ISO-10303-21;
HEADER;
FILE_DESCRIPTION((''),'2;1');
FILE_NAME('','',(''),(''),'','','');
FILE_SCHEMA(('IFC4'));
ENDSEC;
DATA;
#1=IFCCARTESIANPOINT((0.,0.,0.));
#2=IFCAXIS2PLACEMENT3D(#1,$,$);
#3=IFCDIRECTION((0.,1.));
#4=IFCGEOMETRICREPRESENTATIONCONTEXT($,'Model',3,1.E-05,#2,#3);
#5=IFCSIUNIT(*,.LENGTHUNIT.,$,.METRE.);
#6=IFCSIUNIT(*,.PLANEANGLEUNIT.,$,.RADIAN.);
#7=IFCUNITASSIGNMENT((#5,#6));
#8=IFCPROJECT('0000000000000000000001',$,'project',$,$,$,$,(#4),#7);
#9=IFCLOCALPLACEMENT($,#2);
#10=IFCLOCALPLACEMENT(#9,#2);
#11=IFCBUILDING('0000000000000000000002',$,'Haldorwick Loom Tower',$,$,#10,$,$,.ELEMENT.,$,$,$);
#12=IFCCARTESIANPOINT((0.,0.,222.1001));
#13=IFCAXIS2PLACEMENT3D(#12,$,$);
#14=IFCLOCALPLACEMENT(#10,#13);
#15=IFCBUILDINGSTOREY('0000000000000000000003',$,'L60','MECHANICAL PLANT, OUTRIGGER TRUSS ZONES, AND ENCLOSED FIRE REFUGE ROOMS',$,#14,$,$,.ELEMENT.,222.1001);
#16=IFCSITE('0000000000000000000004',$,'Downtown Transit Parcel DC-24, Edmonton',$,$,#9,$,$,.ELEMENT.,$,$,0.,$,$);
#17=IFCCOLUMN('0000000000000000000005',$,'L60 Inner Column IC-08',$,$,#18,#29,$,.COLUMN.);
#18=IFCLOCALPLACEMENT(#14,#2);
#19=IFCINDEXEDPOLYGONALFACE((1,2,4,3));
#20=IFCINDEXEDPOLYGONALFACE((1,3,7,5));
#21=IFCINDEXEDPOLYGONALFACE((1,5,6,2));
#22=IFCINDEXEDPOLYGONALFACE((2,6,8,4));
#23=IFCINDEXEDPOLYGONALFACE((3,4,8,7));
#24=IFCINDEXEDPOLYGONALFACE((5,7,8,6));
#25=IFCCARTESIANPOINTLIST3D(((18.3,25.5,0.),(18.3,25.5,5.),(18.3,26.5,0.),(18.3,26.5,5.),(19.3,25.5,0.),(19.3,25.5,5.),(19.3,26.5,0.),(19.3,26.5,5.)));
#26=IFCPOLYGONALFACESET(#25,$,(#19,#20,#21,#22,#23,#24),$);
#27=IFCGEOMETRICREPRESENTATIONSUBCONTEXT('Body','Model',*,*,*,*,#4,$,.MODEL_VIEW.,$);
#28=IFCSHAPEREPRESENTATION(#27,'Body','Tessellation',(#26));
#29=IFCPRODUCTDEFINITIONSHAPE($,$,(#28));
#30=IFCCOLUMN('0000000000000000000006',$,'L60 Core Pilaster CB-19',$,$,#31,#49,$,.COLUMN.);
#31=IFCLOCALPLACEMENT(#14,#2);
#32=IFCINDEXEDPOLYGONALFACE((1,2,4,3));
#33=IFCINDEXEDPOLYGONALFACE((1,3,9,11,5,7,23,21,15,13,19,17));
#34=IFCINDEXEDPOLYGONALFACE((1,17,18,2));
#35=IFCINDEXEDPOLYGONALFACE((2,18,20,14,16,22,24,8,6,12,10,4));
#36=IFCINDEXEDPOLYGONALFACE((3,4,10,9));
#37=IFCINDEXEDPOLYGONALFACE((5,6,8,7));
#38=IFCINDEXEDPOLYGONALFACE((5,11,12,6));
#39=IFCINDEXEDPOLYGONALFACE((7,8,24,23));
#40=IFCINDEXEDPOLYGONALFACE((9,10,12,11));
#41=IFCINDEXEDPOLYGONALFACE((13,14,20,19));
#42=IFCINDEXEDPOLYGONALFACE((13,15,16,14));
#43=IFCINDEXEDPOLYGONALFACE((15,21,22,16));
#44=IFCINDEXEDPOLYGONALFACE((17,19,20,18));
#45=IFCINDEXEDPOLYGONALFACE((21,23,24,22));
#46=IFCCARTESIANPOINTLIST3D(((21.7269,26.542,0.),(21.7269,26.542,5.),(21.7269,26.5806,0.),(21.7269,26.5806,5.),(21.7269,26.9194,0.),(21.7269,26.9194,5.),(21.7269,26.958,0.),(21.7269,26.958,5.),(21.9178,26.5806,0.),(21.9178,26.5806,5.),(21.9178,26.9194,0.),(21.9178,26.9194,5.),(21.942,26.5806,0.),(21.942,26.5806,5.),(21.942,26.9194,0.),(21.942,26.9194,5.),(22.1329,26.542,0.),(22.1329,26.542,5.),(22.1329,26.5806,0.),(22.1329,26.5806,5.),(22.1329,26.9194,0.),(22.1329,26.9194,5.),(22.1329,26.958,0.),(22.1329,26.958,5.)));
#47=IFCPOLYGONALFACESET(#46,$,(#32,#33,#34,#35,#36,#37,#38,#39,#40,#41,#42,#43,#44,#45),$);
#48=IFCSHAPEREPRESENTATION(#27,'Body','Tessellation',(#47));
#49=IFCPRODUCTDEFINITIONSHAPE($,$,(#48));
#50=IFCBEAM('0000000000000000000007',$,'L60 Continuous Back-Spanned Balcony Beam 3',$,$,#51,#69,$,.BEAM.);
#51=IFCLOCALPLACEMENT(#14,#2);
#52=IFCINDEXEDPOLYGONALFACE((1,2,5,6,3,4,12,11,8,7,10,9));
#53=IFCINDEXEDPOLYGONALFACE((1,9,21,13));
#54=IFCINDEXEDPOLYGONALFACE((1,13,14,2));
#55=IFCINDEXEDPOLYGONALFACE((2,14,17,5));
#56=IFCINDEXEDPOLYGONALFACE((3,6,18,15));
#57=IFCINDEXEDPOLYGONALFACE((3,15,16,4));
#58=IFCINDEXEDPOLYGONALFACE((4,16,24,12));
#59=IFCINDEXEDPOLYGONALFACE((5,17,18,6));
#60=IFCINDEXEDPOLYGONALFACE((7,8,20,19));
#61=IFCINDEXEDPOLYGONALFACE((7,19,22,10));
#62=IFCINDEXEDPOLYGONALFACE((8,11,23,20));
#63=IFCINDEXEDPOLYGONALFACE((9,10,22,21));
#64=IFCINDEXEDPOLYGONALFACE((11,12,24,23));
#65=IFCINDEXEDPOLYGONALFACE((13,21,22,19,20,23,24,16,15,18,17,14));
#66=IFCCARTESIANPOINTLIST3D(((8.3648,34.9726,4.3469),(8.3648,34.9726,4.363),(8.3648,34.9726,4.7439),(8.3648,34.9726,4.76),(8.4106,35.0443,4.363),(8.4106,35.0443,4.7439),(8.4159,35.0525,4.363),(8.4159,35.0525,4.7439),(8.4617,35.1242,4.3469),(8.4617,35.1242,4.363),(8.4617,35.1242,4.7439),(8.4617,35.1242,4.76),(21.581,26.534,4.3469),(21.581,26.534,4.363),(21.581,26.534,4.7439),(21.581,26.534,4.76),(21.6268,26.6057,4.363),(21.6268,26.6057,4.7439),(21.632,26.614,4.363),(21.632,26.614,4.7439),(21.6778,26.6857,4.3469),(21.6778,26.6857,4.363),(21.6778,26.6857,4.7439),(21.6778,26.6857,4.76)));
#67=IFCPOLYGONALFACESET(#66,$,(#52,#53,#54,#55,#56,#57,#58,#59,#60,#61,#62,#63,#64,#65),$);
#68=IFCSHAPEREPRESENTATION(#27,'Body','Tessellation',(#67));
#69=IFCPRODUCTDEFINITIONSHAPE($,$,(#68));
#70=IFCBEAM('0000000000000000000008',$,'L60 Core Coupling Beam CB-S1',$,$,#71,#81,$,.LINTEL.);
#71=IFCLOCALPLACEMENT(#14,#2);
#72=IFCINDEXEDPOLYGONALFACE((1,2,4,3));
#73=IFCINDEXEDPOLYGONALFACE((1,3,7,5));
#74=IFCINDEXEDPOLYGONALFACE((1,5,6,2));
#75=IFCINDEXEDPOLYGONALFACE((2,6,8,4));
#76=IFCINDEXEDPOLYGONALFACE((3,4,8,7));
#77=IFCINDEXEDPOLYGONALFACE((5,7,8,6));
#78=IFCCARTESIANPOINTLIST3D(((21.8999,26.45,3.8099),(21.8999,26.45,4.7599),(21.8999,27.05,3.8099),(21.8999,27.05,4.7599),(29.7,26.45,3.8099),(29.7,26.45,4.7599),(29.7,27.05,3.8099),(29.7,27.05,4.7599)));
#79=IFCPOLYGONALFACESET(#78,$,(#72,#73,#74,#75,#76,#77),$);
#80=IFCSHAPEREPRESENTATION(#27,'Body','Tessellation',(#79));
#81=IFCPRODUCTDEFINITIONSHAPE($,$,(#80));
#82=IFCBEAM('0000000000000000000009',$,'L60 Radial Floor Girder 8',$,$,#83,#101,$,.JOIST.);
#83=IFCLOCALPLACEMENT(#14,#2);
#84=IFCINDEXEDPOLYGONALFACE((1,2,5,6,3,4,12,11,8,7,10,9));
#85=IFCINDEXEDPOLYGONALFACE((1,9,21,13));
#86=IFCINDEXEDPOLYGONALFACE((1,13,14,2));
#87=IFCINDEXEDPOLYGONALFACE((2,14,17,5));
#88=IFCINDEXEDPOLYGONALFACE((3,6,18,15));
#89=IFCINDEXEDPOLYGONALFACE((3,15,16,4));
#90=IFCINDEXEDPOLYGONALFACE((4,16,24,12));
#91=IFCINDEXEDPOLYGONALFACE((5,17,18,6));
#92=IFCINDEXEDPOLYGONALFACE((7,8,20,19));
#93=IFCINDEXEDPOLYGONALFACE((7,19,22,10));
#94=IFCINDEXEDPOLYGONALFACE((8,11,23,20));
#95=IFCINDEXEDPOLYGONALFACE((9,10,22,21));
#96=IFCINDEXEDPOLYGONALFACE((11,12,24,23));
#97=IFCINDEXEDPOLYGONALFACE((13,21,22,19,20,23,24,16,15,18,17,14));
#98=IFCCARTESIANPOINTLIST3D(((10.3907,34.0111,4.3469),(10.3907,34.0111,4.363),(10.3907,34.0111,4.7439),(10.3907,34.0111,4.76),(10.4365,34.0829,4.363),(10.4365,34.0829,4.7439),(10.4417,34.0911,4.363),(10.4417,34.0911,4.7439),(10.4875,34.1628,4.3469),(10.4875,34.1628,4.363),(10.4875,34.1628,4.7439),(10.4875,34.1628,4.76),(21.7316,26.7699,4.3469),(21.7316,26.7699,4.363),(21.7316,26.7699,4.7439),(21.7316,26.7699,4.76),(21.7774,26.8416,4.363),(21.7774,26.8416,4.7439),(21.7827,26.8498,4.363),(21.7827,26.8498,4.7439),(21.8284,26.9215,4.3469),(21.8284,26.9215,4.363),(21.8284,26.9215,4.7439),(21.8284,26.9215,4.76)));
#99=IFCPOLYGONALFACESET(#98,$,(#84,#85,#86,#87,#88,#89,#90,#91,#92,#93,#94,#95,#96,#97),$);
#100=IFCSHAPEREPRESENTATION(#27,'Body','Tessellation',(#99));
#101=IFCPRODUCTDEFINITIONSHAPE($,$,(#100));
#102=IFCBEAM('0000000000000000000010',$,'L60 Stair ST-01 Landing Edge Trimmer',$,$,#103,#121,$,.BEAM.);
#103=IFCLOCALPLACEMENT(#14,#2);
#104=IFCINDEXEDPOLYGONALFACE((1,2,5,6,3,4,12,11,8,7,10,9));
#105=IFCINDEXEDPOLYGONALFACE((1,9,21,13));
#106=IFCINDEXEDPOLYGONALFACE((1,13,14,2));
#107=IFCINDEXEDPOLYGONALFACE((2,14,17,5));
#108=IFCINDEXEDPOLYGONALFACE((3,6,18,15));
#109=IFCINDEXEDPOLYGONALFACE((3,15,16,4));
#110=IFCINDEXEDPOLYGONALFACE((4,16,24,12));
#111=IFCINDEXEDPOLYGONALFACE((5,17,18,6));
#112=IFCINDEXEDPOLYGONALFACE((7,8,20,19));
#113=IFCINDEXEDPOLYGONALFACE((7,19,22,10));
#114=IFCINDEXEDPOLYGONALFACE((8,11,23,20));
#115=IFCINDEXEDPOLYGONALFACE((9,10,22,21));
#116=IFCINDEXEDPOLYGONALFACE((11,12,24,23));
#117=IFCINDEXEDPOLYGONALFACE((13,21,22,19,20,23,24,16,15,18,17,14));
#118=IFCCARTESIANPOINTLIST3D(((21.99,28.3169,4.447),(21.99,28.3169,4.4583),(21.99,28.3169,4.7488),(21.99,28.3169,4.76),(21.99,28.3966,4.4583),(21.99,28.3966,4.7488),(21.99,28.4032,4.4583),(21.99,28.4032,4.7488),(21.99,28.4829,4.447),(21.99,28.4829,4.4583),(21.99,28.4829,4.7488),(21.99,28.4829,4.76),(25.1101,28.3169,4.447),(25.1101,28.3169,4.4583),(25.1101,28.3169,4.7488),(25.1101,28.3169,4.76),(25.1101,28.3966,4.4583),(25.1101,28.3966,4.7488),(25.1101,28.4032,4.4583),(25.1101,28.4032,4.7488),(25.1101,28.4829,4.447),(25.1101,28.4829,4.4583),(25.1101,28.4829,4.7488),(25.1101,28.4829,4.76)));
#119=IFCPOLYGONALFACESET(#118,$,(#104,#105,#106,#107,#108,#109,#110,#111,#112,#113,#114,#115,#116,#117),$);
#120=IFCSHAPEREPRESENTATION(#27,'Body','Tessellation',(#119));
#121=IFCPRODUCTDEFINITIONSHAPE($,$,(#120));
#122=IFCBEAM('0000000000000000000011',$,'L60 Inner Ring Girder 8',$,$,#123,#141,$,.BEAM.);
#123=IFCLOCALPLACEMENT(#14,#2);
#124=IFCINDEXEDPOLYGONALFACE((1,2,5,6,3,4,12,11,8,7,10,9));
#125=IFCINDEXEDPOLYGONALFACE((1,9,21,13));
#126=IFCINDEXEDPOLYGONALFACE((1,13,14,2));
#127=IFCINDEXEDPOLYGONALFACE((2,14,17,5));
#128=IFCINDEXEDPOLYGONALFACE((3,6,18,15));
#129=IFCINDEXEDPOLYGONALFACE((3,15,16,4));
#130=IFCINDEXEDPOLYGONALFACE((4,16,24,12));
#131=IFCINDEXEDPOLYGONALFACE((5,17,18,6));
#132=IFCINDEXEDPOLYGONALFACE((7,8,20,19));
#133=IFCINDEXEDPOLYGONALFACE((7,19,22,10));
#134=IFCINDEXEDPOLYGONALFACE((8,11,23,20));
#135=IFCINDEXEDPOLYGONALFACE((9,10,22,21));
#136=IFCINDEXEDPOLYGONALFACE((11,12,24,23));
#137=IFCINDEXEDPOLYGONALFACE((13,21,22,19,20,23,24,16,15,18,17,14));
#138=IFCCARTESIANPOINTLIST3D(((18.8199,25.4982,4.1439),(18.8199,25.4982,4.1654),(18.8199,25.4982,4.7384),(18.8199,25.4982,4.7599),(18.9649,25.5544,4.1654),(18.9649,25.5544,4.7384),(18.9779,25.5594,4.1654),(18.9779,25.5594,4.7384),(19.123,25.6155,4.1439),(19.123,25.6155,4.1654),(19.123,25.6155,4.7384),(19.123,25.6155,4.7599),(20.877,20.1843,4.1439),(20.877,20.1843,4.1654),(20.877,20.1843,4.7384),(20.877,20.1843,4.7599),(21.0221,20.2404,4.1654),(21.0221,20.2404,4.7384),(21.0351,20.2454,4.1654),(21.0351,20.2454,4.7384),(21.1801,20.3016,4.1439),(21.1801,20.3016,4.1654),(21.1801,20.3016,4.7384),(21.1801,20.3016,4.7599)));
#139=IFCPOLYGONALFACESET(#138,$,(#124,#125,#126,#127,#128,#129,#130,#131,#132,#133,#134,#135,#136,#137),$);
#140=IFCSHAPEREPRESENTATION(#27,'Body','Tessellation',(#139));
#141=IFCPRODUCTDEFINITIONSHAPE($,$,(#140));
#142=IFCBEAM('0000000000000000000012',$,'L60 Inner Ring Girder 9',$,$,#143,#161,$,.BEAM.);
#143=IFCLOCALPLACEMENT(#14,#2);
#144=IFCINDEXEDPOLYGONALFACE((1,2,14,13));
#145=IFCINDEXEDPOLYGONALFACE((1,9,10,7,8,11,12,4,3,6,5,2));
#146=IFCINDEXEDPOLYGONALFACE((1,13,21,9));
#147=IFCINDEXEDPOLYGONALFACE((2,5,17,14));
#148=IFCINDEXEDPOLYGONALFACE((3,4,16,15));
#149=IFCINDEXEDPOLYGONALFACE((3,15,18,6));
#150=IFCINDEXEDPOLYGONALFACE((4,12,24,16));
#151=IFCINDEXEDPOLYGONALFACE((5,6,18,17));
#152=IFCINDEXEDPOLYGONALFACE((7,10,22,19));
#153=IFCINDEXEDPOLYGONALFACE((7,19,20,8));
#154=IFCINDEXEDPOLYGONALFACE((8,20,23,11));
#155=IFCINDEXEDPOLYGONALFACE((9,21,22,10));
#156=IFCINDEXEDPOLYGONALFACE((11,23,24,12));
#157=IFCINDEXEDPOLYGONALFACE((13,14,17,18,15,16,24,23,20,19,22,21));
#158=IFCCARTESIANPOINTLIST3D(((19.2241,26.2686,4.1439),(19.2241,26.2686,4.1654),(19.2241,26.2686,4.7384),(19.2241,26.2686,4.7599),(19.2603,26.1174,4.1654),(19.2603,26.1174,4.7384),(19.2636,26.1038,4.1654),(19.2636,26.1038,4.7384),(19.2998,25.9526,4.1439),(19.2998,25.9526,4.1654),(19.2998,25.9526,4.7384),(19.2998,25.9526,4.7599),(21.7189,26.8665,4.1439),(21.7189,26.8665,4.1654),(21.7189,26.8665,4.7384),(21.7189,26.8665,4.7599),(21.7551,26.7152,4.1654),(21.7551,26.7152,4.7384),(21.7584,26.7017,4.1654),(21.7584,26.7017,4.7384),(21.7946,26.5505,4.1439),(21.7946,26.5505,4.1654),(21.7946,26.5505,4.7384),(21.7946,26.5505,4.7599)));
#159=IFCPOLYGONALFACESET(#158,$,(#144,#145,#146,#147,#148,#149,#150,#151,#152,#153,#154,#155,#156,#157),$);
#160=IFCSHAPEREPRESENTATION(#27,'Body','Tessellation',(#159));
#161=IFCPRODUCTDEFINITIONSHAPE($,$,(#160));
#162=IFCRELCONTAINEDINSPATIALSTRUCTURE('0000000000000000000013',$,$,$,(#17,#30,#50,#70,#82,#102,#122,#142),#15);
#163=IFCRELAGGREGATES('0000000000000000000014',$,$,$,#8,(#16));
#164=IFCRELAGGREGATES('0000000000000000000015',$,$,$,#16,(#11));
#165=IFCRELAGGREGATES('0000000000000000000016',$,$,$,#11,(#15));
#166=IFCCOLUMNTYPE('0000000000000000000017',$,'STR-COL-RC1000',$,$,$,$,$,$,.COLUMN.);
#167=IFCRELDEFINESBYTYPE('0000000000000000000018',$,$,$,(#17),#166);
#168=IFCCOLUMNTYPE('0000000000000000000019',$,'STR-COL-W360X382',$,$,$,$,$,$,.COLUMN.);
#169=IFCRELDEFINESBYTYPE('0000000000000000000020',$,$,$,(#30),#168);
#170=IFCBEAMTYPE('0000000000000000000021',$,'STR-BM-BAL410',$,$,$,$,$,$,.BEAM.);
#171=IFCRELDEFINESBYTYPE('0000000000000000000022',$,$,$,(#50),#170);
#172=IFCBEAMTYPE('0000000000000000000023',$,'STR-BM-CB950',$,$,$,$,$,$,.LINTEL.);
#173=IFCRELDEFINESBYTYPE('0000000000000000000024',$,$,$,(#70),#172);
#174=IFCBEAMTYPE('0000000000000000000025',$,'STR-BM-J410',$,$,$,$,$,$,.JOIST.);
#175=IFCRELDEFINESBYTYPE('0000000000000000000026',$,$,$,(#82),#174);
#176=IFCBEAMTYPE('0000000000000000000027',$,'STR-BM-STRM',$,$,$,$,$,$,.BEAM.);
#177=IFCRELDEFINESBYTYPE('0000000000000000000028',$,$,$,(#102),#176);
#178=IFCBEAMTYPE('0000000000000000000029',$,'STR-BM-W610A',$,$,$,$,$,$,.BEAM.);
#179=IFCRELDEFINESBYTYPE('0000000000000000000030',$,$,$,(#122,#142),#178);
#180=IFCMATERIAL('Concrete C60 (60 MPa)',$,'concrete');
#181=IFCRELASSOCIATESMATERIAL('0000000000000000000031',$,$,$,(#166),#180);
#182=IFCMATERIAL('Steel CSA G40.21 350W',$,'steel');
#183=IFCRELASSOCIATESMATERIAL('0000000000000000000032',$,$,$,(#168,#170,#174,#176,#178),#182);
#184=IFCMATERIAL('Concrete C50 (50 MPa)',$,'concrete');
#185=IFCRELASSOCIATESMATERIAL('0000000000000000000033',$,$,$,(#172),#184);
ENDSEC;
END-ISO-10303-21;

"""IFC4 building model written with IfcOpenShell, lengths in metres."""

from ifc_helpers import new_model, si_unit, direction, frame, origin, origin_2d, place, context, subcontext, project, spatial, rectangle, i_section, extrude, material, material_profile, profile_set, type_object, element, save


model = new_model("IFC4")

# Units and contexts
model_context = context("Model", 3, precision=1e-05, world=origin(), true_north=direction((0.0, 1.0)))
body_context = subcontext(model_context, "Body", "Model", "MODEL_VIEW")
ifc_project = project(units=[si_unit("LENGTHUNIT", "METRE"), si_unit("PLANEANGLEUNIT", "RADIAN")], contexts=[model_context])

# Site, building, storey
site_placement = place(None, origin())
site = spatial("IfcSite", under=ifc_project, at=site_placement, Name="Downtown Transit Parcel DC-24, Edmonton", CompositionType="ELEMENT", RefElevation=0.0)
building_placement = place(site_placement, origin())
building = spatial("IfcBuilding", under=site, at=building_placement, Name="Haldorwick Loom Tower", CompositionType="ELEMENT")
storey_placement = place(building_placement, frame((0.0, 0.0, 222.1001)))
storey = spatial("IfcBuildingStorey", under=building, at=storey_placement, Name="L60", Description="MECHANICAL PLANT, OUTRIGGER TRUSS ZONES, AND ENCLOSED FIRE REFUGE ROOMS", CompositionType="ELEMENT", Elevation=222.1001)

# Columns
ifc_material_1 = material(Name="Concrete C60 (60 MPa)", Category="concrete")
ifc_material_profile_1 = material_profile(ifc_material_1, rectangle(XDim=1.0, YDim=1.0, at=origin_2d()), Name="RC1000X1000", Category="concrete")
ifc_profile_set_1 = profile_set([ifc_material_profile_1], Name="Concrete C60 (60 MPa)")
column_type_1 = type_object("IfcColumnType", Name="STR-COL-RC1000", PredefinedType="COLUMN", material=ifc_profile_set_1)
column_1_placement = place(storey_placement, frame((18.8, 26.0, 0.0), z_axis=(0.0, 0.0, 1.0), x_axis=(1.0, 0.0, 0.0)))
element("IfcColumn", 1, at=column_1_placement, inside=storey, type_object=column_type_1, Name="L60 Inner Column IC-08", PredefinedType="COLUMN", context=body_context, shape_type="SweptSolid", body=[
    extrude(rectangle(XDim=1.0, YDim=1.0, at=origin_2d()), origin(), (0.0, 0.0, 1.0), 5.0),
])
ifc_material_2 = material(Name="Steel CSA G40.21 350W", Category="steel")
ifc_material_profile_2 = material_profile(ifc_material_2, i_section(OverallWidth=0.406, OverallDepth=0.416, WebThickness=0.0242, FlangeThickness=0.0386, at=origin_2d()), Name="W360X382", Category="steel")
ifc_profile_set_2 = profile_set([ifc_material_profile_2], Name="Steel CSA G40.21 350W")
column_type_2 = type_object("IfcColumnType", Name="STR-COL-W360X382", PredefinedType="COLUMN", material=ifc_profile_set_2)
column_2_placement = place(storey_placement, frame((21.9299, 26.75, 0.0), z_axis=(0.0, 0.0, 1.0), x_axis=(1.0, 0.0, 0.0)))
element("IfcColumn", 2, at=column_2_placement, inside=storey, type_object=column_type_2, Name="L60 Core Pilaster CB-19", PredefinedType="COLUMN", context=body_context, shape_type="SweptSolid", body=[
    extrude(i_section(OverallWidth=0.406, OverallDepth=0.416, WebThickness=0.0242, FlangeThickness=0.0386, at=origin_2d()), origin(), (0.0, 0.0, 1.0), 5.0),
])

# Beams
ifc_material_profile_3 = material_profile(ifc_material_2, i_section(OverallWidth=0.1799, OverallDepth=0.4131, WebThickness=0.0098, FlangeThickness=0.0161, at=origin_2d()), Name="W410X74", Category="steel")
ifc_profile_set_3 = profile_set([ifc_material_profile_3], Name="Steel CSA G40.21 350W")
beam_type_1 = type_object("IfcBeamType", Name="STR-BM-BAL410", PredefinedType="BEAM", material=ifc_profile_set_3)
beam_1_placement = place(storey_placement, frame((21.6294, 26.6099, 4.5535), z_axis=(-0.842844, 0.538157, 0.0), x_axis=(-0.538157, -0.842844, 0.0)))
element("IfcBeam", 3, at=beam_1_placement, inside=storey, type_object=beam_type_1, Name="L60 Continuous Back-Spanned Balcony Beam 3", PredefinedType="BEAM", context=body_context, shape_type="SweptSolid", body=[
    extrude(i_section(OverallWidth=0.1799, OverallDepth=0.4131, WebThickness=0.0098, FlangeThickness=0.0161, at=origin_2d()), origin(), (0.0, 0.0, 1.0), 15.6804),
])
ifc_material_3 = material(Name="Concrete C50 (50 MPa)", Category="concrete")
ifc_material_profile_4 = material_profile(ifc_material_3, rectangle(XDim=0.6001, YDim=0.95, at=origin_2d()), Name="RC600X950", Category="concrete")
ifc_profile_set_4 = profile_set([ifc_material_profile_4], Name="Concrete C50 (50 MPa)")
beam_type_2 = type_object("IfcBeamType", Name="STR-BM-CB950", PredefinedType="LINTEL", material=ifc_profile_set_4)
beam_2_placement = place(storey_placement, frame((21.8999, 26.75, 4.2849), z_axis=(1.0, 0.0, 0.0), x_axis=(0.0, 1.0, 0.0)))
element("IfcBeam", 4, at=beam_2_placement, inside=storey, type_object=beam_type_2, Name="L60 Core Coupling Beam CB-S1", PredefinedType="LINTEL", context=body_context, shape_type="SweptSolid", body=[
    extrude(rectangle(XDim=0.6001, YDim=0.95, at=origin_2d()), origin(), (0.0, 0.0, 1.0), 7.8),
])
ifc_material_profile_5 = material_profile(ifc_material_2, i_section(OverallWidth=0.1799, OverallDepth=0.4131, WebThickness=0.0098, FlangeThickness=0.0161, at=origin_2d()), Name="W410X74", Category="steel")
ifc_profile_set_5 = profile_set([ifc_material_profile_5], Name="Steel CSA G40.21 350W")
beam_type_3 = type_object("IfcBeamType", Name="STR-BM-J410", PredefinedType="JOIST", material=ifc_profile_set_5)
beam_3_placement = place(storey_placement, frame((21.78, 26.8457, 4.5535), z_axis=(-0.842842, 0.538162, 0.0), x_axis=(-0.538162, -0.842842, 0.0)))
element("IfcBeam", 5, at=beam_3_placement, inside=storey, type_object=beam_type_3, Name="L60 Radial Floor Girder 8", PredefinedType="JOIST", context=body_context, shape_type="SweptSolid", body=[
    extrude(i_section(OverallWidth=0.1799, OverallDepth=0.4131, WebThickness=0.0098, FlangeThickness=0.0161, at=origin_2d()), origin(), (0.0, 0.0, 1.0), 13.4556),
])
ifc_material_profile_6 = material_profile(ifc_material_2, i_section(OverallWidth=0.166, OverallDepth=0.313, WebThickness=0.0066, FlangeThickness=0.0112, at=origin_2d()), Name="W310X45", Category="steel")
ifc_profile_set_6 = profile_set([ifc_material_profile_6], Name="Steel CSA G40.21 350W")
beam_type_4 = type_object("IfcBeamType", Name="STR-BM-STRM", PredefinedType="BEAM", material=ifc_profile_set_6)
beam_4_placement = place(storey_placement, frame((21.99, 28.3999, 4.6035), z_axis=(1.0, 0.0, 0.0), x_axis=(0.0, 1.0, 0.0)))
element("IfcBeam", 6, at=beam_4_placement, inside=storey, type_object=beam_type_4, Name="L60 Stair ST-01 Landing Edge Trimmer", PredefinedType="BEAM", context=body_context, shape_type="SweptSolid", body=[
    extrude(i_section(OverallWidth=0.166, OverallDepth=0.313, WebThickness=0.0066, FlangeThickness=0.0112, at=origin_2d()), origin(), (0.0, 0.0, 1.0), 3.1201),
])
ifc_material_profile_7 = material_profile(ifc_material_2, i_section(OverallWidth=0.325, OverallDepth=0.616, WebThickness=0.0139, FlangeThickness=0.0215, at=origin_2d()), Name="W610X174", Category="steel")
ifc_profile_set_7 = profile_set([ifc_material_profile_7], Name="Steel CSA G40.21 350W")
beam_type_5 = type_object("IfcBeamType", Name="STR-BM-W610A", PredefinedType="BEAM", material=ifc_profile_set_7)
beam_5_placement = place(storey_placement, frame((21.0286, 20.2429, 4.4519), z_axis=(-0.361011, 0.932562, 0.0), x_axis=(-0.932562, -0.361011, 0.0)))
element("IfcBeam", 7, at=beam_5_placement, inside=storey, type_object=beam_type_5, Name="L60 Inner Ring Girder 8", PredefinedType="BEAM", context=body_context, shape_type="SweptSolid", body=[
    extrude(i_section(OverallWidth=0.325, OverallDepth=0.616, WebThickness=0.0139, FlangeThickness=0.0215, at=origin_2d()), origin(), (0.0, 0.0, 1.0), 5.6982),
])
beam_6_placement = place(storey_placement, frame((19.262, 26.1106, 4.4519), z_axis=(0.972464, 0.233053, 0.0), x_axis=(-0.233053, 0.972464, 0.0)))
element("IfcBeam", 8, at=beam_6_placement, inside=storey, type_object=beam_type_5, Name="L60 Inner Ring Girder 9", PredefinedType="BEAM", context=body_context, shape_type="SweptSolid", body=[
    extrude(i_section(OverallWidth=0.325, OverallDepth=0.616, WebThickness=0.0139, FlangeThickness=0.0215, at=origin_2d()), origin(), (0.0, 0.0, 1.0), 2.5654),
])

save(model, "model.ifc")
